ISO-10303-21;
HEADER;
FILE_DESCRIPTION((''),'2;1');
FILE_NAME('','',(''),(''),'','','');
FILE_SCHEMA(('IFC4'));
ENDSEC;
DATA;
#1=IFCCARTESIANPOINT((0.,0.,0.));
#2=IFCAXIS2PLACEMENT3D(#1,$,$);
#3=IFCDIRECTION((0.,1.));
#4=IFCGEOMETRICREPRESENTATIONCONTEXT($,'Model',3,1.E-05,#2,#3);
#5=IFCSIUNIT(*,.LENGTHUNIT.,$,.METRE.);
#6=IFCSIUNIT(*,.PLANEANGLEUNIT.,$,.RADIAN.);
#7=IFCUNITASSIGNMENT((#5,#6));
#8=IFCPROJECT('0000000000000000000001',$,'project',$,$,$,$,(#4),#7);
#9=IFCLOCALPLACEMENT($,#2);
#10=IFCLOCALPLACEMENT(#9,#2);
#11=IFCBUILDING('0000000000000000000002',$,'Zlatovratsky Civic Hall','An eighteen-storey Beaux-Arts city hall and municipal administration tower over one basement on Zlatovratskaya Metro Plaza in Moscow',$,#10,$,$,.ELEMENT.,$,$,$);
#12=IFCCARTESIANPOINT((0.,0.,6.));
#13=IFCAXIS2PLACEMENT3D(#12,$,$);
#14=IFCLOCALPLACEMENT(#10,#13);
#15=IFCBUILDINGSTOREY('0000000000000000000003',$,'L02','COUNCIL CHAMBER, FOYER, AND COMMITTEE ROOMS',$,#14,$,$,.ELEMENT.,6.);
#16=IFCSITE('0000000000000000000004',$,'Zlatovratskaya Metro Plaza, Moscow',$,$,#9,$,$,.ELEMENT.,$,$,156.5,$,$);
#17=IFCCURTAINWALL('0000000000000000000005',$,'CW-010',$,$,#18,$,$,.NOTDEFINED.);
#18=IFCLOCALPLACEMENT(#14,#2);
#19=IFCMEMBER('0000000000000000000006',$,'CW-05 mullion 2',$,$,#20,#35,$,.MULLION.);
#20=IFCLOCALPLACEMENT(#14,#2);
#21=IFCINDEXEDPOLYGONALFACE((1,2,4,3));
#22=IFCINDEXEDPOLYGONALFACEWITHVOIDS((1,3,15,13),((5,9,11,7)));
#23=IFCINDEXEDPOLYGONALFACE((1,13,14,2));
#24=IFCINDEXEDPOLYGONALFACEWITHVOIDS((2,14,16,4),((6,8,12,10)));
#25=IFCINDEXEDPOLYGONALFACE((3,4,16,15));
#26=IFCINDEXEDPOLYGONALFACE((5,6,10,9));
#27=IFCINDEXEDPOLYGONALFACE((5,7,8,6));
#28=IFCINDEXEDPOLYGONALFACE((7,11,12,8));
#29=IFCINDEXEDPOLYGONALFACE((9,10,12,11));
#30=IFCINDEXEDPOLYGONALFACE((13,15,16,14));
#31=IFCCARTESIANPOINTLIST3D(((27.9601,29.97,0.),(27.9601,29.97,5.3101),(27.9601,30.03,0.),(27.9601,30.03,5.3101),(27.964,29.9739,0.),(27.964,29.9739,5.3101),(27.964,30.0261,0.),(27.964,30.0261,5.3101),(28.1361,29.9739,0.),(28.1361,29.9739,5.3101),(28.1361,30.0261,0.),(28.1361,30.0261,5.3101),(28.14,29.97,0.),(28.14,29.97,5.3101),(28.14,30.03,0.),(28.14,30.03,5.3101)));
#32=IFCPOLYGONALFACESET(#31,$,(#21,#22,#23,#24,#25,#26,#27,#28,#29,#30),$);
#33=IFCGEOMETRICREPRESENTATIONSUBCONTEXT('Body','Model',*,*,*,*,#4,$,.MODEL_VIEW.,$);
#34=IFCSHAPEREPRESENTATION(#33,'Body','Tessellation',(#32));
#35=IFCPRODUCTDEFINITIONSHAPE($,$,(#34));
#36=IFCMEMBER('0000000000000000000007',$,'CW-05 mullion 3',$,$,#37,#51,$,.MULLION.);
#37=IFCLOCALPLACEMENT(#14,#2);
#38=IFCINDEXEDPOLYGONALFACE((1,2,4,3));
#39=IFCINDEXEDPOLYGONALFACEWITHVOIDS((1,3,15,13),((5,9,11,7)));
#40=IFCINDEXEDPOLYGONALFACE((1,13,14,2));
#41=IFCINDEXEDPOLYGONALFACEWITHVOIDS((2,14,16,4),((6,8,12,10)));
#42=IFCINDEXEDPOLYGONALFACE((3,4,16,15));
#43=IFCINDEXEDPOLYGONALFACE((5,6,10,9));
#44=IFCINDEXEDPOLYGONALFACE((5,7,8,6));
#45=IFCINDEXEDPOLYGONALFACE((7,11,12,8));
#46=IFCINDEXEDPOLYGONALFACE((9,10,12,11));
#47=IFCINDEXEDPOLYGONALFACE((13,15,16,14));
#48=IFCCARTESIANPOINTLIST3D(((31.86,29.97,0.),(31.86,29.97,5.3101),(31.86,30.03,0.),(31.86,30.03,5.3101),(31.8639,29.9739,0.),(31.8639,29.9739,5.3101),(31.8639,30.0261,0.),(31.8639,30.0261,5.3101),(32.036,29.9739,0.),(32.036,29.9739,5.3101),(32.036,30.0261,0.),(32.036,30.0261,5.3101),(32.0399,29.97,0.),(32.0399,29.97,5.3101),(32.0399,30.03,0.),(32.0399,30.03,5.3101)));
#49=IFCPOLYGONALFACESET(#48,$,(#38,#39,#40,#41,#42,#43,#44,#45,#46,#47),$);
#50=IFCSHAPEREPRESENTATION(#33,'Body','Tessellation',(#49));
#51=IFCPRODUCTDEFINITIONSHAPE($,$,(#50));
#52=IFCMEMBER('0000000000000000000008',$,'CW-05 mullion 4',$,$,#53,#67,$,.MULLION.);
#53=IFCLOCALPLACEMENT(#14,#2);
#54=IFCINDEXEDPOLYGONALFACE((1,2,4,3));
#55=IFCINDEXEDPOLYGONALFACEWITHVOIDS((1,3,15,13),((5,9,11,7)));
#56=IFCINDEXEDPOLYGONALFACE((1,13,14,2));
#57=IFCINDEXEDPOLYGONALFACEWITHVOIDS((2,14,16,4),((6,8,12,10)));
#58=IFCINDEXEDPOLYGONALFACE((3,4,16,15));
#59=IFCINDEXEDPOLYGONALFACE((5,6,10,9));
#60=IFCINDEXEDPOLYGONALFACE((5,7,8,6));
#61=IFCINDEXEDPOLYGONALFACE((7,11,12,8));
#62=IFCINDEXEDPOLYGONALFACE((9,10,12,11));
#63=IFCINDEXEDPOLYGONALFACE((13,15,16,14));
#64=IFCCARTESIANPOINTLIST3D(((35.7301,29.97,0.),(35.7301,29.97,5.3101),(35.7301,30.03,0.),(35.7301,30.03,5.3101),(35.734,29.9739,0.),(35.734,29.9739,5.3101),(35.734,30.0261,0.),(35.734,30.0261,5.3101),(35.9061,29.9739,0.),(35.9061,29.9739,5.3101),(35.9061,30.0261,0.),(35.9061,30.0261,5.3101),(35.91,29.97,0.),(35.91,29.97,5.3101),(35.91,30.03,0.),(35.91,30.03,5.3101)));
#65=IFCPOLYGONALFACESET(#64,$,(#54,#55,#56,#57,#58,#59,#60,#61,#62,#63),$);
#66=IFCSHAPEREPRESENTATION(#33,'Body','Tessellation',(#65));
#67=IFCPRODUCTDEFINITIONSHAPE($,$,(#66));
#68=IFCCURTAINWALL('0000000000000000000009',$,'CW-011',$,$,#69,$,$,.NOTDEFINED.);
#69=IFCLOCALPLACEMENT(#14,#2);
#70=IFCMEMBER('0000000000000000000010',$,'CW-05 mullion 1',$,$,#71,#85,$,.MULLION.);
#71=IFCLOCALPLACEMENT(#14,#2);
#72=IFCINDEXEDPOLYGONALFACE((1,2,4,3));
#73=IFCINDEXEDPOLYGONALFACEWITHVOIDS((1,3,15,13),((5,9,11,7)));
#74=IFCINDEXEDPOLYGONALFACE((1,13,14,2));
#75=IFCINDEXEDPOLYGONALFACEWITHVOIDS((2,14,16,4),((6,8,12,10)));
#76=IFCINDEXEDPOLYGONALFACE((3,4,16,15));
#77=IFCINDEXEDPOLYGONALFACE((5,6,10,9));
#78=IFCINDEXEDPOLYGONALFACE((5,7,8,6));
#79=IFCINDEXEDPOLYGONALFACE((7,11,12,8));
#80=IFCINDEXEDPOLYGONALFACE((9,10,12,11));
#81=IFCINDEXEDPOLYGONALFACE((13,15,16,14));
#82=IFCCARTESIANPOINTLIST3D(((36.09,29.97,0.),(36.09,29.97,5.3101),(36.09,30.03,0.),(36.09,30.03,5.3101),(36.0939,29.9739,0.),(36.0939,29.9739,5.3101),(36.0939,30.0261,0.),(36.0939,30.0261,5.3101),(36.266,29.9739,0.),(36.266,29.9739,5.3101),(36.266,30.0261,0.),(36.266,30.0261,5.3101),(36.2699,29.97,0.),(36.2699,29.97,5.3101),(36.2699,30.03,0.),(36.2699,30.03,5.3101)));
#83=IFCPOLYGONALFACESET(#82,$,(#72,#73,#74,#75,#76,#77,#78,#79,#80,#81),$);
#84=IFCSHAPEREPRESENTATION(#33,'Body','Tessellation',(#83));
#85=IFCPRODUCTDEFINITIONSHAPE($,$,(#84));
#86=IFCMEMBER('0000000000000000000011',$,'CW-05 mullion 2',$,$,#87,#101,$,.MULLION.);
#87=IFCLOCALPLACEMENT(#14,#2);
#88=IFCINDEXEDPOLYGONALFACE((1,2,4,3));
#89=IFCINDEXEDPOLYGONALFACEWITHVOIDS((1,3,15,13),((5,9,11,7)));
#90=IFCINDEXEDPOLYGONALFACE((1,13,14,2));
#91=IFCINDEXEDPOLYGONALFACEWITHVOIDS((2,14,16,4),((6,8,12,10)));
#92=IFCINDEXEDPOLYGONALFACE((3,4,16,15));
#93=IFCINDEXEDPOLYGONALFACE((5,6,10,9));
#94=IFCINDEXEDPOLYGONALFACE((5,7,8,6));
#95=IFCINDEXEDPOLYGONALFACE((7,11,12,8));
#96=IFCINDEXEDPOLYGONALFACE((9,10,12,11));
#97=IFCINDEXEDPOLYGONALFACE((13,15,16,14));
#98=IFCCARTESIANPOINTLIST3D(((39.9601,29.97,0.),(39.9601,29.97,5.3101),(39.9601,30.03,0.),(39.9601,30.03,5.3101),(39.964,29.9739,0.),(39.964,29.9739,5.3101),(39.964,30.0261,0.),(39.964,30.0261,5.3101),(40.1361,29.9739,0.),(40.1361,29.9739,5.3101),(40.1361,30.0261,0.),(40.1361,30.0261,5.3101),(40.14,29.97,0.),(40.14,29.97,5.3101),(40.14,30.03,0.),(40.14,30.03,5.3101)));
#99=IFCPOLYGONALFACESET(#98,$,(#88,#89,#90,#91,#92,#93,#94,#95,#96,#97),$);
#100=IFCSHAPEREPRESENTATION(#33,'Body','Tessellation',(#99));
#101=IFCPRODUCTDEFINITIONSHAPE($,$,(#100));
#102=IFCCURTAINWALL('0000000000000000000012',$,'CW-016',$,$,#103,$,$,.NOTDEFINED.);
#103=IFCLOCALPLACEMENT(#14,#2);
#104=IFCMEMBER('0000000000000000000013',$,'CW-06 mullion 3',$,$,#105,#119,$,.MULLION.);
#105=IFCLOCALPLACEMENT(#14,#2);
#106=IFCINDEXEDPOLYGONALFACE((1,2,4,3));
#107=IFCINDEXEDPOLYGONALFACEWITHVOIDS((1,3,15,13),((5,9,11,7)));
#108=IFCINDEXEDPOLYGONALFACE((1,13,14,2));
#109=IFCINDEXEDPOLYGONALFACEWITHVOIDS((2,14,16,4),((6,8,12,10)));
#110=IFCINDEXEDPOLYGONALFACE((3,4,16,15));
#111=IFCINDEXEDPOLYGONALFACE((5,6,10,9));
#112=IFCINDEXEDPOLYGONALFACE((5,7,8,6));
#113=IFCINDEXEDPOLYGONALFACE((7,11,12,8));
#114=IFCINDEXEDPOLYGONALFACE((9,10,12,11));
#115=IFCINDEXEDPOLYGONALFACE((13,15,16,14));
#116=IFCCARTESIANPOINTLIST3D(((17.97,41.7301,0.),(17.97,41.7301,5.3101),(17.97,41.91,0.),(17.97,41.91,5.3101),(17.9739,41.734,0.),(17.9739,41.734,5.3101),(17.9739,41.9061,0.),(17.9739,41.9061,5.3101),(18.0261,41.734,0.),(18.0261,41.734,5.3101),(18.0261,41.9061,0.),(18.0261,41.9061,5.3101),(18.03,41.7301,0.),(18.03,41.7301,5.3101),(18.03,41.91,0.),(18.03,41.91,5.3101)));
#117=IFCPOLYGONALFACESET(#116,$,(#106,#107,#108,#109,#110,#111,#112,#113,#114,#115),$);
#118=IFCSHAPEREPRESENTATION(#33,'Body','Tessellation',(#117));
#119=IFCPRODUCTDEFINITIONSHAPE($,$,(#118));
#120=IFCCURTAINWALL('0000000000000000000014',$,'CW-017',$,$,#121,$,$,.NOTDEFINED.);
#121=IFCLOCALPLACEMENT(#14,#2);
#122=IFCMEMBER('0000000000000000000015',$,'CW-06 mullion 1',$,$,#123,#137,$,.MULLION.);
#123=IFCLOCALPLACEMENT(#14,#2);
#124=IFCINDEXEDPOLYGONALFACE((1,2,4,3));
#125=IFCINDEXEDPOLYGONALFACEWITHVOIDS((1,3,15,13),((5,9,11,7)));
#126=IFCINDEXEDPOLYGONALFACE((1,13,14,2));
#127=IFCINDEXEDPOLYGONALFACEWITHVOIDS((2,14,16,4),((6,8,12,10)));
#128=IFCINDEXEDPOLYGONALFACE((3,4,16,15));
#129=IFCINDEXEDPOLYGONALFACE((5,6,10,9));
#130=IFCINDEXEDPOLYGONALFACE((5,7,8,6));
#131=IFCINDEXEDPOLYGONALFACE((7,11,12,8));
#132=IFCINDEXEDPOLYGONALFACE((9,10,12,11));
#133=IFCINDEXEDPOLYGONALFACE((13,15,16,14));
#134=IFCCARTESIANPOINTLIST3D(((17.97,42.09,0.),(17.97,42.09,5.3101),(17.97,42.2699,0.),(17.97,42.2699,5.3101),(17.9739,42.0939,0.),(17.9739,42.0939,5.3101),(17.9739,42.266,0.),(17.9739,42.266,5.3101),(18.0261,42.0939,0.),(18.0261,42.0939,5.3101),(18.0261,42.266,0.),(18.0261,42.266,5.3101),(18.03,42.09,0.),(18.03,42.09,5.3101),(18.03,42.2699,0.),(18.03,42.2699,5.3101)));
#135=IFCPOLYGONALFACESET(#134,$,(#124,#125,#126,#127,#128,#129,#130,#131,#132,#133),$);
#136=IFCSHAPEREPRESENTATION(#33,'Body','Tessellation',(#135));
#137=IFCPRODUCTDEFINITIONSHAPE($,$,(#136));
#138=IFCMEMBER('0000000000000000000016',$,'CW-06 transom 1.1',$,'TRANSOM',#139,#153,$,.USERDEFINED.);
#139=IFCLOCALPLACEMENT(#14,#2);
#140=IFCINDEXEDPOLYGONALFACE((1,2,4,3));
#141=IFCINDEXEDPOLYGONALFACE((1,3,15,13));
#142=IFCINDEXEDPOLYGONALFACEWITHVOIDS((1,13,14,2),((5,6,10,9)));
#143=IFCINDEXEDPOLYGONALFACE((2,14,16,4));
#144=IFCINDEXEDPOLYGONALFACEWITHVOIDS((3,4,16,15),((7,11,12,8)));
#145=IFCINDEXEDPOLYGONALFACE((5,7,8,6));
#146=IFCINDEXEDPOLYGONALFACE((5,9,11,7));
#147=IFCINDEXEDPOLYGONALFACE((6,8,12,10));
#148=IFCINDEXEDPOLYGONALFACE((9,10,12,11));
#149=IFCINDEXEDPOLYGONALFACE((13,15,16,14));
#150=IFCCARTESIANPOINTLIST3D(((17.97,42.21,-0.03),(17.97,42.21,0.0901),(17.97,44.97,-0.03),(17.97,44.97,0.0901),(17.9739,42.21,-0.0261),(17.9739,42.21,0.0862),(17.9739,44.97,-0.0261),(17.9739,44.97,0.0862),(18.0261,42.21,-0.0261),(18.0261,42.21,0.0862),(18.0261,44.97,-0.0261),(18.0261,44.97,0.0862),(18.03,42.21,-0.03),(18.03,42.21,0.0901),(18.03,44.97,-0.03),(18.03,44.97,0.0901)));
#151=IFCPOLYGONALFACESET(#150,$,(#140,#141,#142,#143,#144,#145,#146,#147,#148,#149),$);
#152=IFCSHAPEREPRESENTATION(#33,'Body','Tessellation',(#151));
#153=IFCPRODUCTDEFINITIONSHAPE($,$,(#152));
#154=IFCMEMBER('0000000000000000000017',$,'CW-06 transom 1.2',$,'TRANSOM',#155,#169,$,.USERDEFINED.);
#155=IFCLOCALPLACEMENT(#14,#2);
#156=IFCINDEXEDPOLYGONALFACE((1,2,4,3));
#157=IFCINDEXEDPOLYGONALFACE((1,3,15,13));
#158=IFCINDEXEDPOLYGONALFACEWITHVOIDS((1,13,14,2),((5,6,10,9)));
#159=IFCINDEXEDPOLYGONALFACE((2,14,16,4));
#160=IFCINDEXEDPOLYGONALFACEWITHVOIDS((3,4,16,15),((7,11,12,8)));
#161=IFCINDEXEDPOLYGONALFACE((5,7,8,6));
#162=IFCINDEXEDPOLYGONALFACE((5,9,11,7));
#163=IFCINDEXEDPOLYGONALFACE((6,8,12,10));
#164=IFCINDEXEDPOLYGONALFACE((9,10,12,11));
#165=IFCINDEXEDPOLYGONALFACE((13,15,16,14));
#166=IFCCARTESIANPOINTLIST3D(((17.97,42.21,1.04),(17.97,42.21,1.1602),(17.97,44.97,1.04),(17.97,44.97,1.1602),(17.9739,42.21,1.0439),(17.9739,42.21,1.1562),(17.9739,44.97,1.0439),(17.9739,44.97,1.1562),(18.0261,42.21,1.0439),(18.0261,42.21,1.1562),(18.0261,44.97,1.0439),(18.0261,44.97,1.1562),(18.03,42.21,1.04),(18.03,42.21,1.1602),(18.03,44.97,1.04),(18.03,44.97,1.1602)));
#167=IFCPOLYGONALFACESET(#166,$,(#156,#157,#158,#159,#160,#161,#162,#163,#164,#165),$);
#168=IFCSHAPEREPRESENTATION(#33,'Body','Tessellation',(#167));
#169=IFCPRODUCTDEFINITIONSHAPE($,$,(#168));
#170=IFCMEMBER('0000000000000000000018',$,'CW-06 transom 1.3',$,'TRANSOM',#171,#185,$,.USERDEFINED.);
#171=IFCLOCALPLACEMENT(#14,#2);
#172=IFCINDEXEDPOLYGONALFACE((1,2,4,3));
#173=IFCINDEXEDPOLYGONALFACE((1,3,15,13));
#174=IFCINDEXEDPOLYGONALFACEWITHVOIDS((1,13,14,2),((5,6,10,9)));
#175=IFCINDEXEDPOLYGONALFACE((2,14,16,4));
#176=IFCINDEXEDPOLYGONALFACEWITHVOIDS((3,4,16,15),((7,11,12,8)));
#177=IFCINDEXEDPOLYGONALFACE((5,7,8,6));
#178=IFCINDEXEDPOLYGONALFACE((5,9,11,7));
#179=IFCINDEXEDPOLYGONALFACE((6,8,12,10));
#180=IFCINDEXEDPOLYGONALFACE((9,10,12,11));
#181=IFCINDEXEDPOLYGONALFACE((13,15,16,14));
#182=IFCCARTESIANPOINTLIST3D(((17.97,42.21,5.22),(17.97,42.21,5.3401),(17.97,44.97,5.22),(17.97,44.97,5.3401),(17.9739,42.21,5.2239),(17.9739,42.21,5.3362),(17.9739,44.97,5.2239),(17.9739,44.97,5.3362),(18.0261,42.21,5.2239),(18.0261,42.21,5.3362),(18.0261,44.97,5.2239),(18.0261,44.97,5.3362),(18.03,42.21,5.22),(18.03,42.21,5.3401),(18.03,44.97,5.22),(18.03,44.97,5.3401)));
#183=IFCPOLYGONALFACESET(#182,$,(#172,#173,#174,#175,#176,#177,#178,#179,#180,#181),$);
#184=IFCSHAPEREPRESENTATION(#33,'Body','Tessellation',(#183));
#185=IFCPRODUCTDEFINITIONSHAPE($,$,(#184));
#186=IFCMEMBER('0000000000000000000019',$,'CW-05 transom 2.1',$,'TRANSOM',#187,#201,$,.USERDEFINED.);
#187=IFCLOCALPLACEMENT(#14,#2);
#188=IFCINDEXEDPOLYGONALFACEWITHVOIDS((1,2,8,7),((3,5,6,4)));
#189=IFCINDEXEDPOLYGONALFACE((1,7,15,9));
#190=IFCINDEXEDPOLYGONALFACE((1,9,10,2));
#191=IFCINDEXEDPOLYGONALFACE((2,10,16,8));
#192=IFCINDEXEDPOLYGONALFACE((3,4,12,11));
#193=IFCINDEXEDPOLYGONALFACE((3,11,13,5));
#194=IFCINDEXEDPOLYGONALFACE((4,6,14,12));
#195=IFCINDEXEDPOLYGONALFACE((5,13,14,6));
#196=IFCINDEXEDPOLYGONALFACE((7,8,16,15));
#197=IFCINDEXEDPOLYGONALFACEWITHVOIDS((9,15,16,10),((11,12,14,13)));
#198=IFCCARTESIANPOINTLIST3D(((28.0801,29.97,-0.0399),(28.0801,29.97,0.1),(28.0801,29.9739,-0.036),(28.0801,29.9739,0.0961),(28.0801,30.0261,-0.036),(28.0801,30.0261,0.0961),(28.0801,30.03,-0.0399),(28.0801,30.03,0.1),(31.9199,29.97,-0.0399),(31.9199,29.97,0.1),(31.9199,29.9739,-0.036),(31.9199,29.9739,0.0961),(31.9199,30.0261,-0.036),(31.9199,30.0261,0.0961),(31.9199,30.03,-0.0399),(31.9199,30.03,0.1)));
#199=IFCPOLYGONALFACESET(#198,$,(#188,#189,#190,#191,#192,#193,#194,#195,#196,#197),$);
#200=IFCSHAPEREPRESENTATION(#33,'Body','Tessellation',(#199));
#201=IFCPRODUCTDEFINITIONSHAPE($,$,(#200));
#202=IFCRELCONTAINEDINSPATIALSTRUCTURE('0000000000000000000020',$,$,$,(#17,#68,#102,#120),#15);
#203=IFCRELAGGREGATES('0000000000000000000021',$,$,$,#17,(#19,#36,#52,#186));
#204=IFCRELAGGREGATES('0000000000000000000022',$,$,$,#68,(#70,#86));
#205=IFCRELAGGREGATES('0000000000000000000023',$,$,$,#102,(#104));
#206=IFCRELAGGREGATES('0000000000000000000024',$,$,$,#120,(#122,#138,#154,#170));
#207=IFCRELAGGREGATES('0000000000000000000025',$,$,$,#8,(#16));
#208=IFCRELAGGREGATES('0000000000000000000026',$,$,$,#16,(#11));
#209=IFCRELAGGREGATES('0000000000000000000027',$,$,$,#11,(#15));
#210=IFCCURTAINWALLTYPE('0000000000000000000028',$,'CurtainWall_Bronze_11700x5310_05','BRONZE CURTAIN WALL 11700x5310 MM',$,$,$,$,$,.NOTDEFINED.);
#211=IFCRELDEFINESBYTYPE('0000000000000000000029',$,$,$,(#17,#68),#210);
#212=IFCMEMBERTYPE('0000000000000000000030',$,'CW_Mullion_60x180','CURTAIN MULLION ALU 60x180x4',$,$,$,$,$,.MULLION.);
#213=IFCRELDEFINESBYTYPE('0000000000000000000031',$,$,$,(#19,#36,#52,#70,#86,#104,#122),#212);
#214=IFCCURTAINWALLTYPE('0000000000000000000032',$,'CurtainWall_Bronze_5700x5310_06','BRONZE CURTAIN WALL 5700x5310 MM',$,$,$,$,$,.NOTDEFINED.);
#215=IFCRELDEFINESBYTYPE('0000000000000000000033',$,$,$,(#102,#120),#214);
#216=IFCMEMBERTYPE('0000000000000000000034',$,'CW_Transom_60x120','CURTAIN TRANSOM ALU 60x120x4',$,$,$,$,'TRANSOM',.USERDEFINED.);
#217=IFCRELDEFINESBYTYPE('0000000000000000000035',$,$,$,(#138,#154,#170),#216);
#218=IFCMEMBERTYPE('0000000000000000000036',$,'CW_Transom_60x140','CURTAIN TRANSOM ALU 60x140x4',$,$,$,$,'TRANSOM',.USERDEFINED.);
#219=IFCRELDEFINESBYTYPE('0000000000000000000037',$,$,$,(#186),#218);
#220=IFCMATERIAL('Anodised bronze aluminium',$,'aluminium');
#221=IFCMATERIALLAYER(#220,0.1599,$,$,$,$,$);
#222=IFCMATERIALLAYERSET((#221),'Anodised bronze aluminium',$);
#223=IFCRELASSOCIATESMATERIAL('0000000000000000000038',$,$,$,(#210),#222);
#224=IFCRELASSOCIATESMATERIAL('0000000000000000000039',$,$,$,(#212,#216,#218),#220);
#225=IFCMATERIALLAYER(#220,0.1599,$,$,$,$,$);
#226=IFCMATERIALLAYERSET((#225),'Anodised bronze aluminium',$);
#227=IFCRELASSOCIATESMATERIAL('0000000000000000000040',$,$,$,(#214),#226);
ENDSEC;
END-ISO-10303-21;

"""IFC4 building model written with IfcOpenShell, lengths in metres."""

from ifc_helpers import new_model, si_unit, direction, frame, origin, origin_2d, place, context, subcontext, project, spatial, hollow_rectangle, extrude, material, layer, layer_set, material_profile, profile_set, type_object, element, aggregate, save


model = new_model("IFC4")

# Units and contexts
model_context = context("Model", 3, precision=1e-05, world=origin(), true_north=direction((0.0, 1.0)))
body_context = subcontext(model_context, "Body", "Model", "MODEL_VIEW")
ifc_project = project(units=[si_unit("LENGTHUNIT", "METRE"), si_unit("PLANEANGLEUNIT", "RADIAN")], contexts=[model_context])

# Site, building, storey
site_placement = place(None, origin())
site = spatial("IfcSite", under=ifc_project, at=site_placement, Name="Zlatovratskaya Metro Plaza, Moscow", CompositionType="ELEMENT", RefElevation=156.5)
building_placement = place(site_placement, origin())
building = spatial("IfcBuilding", under=site, at=building_placement, Name="Zlatovratsky Civic Hall", Description="An eighteen-storey Beaux-Arts city hall and municipal administration tower over one basement on Zlatovratskaya Metro Plaza in Moscow", CompositionType="ELEMENT")
storey_placement = place(building_placement, frame((0.0, 0.0, 6.0)))
storey = spatial("IfcBuildingStorey", under=building, at=storey_placement, Name="L02", Description="COUNCIL CHAMBER, FOYER, AND COMMITTEE ROOMS", CompositionType="ELEMENT", Elevation=6.0)

# Curtain walls, members
ifc_material_1 = material(Name="Anodised bronze aluminium", Category="aluminium")
ifc_layer_1 = layer(ifc_material_1, 0.1599)
ifc_layer_set_1 = layer_set([ifc_layer_1], Name="Anodised bronze aluminium")
curtain_wall_type_1 = type_object("IfcCurtainWallType", Name="CurtainWall_Bronze_11700x5310_05", Description="BRONZE CURTAIN WALL 11700x5310 MM", PredefinedType="NOTDEFINED", material=ifc_layer_set_1)
curtain_wall_1_placement = place(storey_placement, origin())
curtain_wall_1 = element("IfcCurtainWall", 1, at=curtain_wall_1_placement, inside=storey, type_object=curtain_wall_type_1, Name="CW-010", PredefinedType="NOTDEFINED")
ifc_material_profile_1 = material_profile(ifc_material_1, hollow_rectangle(XDim=0.0601, YDim=0.1799, WallThickness=0.0039, at=origin_2d()), Name="ALU 60x180x4")
ifc_profile_set_1 = profile_set([ifc_material_profile_1], Name="Anodised bronze aluminium")
member_type_1 = type_object("IfcMemberType", Name="CW_Mullion_60x180", Description="CURTAIN MULLION ALU 60x180x4", PredefinedType="MULLION", material=ifc_profile_set_1)
member_1_placement = place(storey_placement, frame((28.05, 30.0, 0.0), z_axis=(0.0, 0.0, 1.0), x_axis=(0.0, 1.0, 0.0)))
member_1 = element("IfcMember", 2, at=member_1_placement, type_object=member_type_1, Name="CW-05 mullion 2", PredefinedType="MULLION", context=body_context, shape_type="SweptSolid", body=[
    extrude(hollow_rectangle(XDim=0.0601, YDim=0.1799, WallThickness=0.0039, at=origin_2d()), origin(), (0.0, 0.0, 1.0), 5.3101),
])
member_2_placement = place(storey_placement, frame((31.95, 30.0, 0.0), z_axis=(0.0, 0.0, 1.0), x_axis=(0.0, 1.0, 0.0)))
member_2 = element("IfcMember", 3, at=member_2_placement, type_object=member_type_1, Name="CW-05 mullion 3", PredefinedType="MULLION", context=body_context, shape_type="SweptSolid", body=[
    extrude(hollow_rectangle(XDim=0.0601, YDim=0.1799, WallThickness=0.0039, at=origin_2d()), origin(), (0.0, 0.0, 1.0), 5.3101),
])
member_3_placement = place(storey_placement, frame((35.8201, 30.0, 0.0), z_axis=(0.0, 0.0, 1.0), x_axis=(0.0, 1.0, 0.0)))
member_3 = element("IfcMember", 4, at=member_3_placement, type_object=member_type_1, Name="CW-05 mullion 4", PredefinedType="MULLION", context=body_context, shape_type="SweptSolid", body=[
    extrude(hollow_rectangle(XDim=0.0601, YDim=0.1799, WallThickness=0.0039, at=origin_2d()), origin(), (0.0, 0.0, 1.0), 5.3101),
])
curtain_wall_2_placement = place(storey_placement, origin())
curtain_wall_2 = element("IfcCurtainWall", 5, at=curtain_wall_2_placement, inside=storey, type_object=curtain_wall_type_1, Name="CW-011", PredefinedType="NOTDEFINED")
member_4_placement = place(storey_placement, frame((36.1799, 30.0, 0.0), z_axis=(0.0, 0.0, 1.0), x_axis=(0.0, 1.0, 0.0)))
member_4 = element("IfcMember", 6, at=member_4_placement, type_object=member_type_1, Name="CW-05 mullion 1", PredefinedType="MULLION", context=body_context, shape_type="SweptSolid", body=[
    extrude(hollow_rectangle(XDim=0.0601, YDim=0.1799, WallThickness=0.0039, at=origin_2d()), origin(), (0.0, 0.0, 1.0), 5.3101),
])
member_5_placement = place(storey_placement, frame((40.05, 30.0, 0.0), z_axis=(0.0, 0.0, 1.0), x_axis=(0.0, 1.0, 0.0)))
member_5 = element("IfcMember", 7, at=member_5_placement, type_object=member_type_1, Name="CW-05 mullion 2", PredefinedType="MULLION", context=body_context, shape_type="SweptSolid", body=[
    extrude(hollow_rectangle(XDim=0.0601, YDim=0.1799, WallThickness=0.0039, at=origin_2d()), origin(), (0.0, 0.0, 1.0), 5.3101),
])

# Curtain wall, member
ifc_layer_2 = layer(ifc_material_1, 0.1599)
ifc_layer_set_2 = layer_set([ifc_layer_2], Name="Anodised bronze aluminium")
curtain_wall_type_2 = type_object("IfcCurtainWallType", Name="CurtainWall_Bronze_5700x5310_06", Description="BRONZE CURTAIN WALL 5700x5310 MM", PredefinedType="NOTDEFINED", material=ifc_layer_set_2)
curtain_wall_3_placement = place(storey_placement, origin())
curtain_wall_3 = element("IfcCurtainWall", 8, at=curtain_wall_3_placement, inside=storey, type_object=curtain_wall_type_2, Name="CW-016", PredefinedType="NOTDEFINED")
member_6_placement = place(storey_placement, frame((18.0, 41.8201, 0.0), z_axis=(0.0, 0.0, 1.0), x_axis=(-1.0, 0.0, 0.0)))
member_6 = element("IfcMember", 9, at=member_6_placement, type_object=member_type_1, Name="CW-06 mullion 3", PredefinedType="MULLION", context=body_context, shape_type="SweptSolid", body=[
    extrude(hollow_rectangle(XDim=0.0601, YDim=0.1799, WallThickness=0.0039, at=origin_2d()), origin(), (0.0, 0.0, 1.0), 5.3101),
])

# Curtain wall, members
curtain_wall_4_placement = place(storey_placement, origin())
curtain_wall_4 = element("IfcCurtainWall", 10, at=curtain_wall_4_placement, inside=storey, type_object=curtain_wall_type_2, Name="CW-017", PredefinedType="NOTDEFINED")
member_7_placement = place(storey_placement, frame((18.0, 42.1799, 0.0), z_axis=(0.0, 0.0, 1.0), x_axis=(-1.0, 0.0, 0.0)))
member_7 = element("IfcMember", 11, at=member_7_placement, type_object=member_type_1, Name="CW-06 mullion 1", PredefinedType="MULLION", context=body_context, shape_type="SweptSolid", body=[
    extrude(hollow_rectangle(XDim=0.0601, YDim=0.1799, WallThickness=0.0039, at=origin_2d()), origin(), (0.0, 0.0, 1.0), 5.3101),
])
ifc_material_profile_2 = material_profile(ifc_material_1, hollow_rectangle(XDim=0.0601, YDim=0.1201, WallThickness=0.0039, at=origin_2d()), Name="ALU 60x120x4")
ifc_profile_set_2 = profile_set([ifc_material_profile_2], Name="Anodised bronze aluminium")
member_type_2 = type_object("IfcMemberType", Name="CW_Transom_60x120", Description="CURTAIN TRANSOM ALU 60x120x4", ElementType="TRANSOM", PredefinedType="USERDEFINED", material=ifc_profile_set_2)
member_8_placement = place(storey_placement, frame((18.0, 42.21, 0.03), z_axis=(0.0, 1.0, 0.0), x_axis=(-1.0, 0.0, 0.0)))
member_8 = element("IfcMember", 12, at=member_8_placement, type_object=member_type_2, Name="CW-06 transom 1.1", ObjectType="TRANSOM", PredefinedType="USERDEFINED", context=body_context, shape_type="SweptSolid", body=[
    extrude(hollow_rectangle(XDim=0.0601, YDim=0.1201, WallThickness=0.0039, at=origin_2d()), origin(), (0.0, 0.0, 1.0), 2.76),
])
member_9_placement = place(storey_placement, frame((18.0, 42.21, 1.1001), z_axis=(0.0, 1.0, 0.0), x_axis=(-1.0, 0.0, 0.0)))
member_9 = element("IfcMember", 13, at=member_9_placement, type_object=member_type_2, Name="CW-06 transom 1.2", ObjectType="TRANSOM", PredefinedType="USERDEFINED", context=body_context, shape_type="SweptSolid", body=[
    extrude(hollow_rectangle(XDim=0.0601, YDim=0.1201, WallThickness=0.0039, at=origin_2d()), origin(), (0.0, 0.0, 1.0), 2.76),
])
member_10_placement = place(storey_placement, frame((18.0, 42.21, 5.28), z_axis=(0.0, 1.0, 0.0), x_axis=(-1.0, 0.0, 0.0)))
member_10 = element("IfcMember", 14, at=member_10_placement, type_object=member_type_2, Name="CW-06 transom 1.3", ObjectType="TRANSOM", PredefinedType="USERDEFINED", context=body_context, shape_type="SweptSolid", body=[
    extrude(hollow_rectangle(XDim=0.0601, YDim=0.1201, WallThickness=0.0039, at=origin_2d()), origin(), (0.0, 0.0, 1.0), 2.76),
])

# Member
ifc_material_profile_3 = material_profile(ifc_material_1, hollow_rectangle(XDim=0.0601, YDim=0.1399, WallThickness=0.0039, at=origin_2d()), Name="ALU 60x140x4")
ifc_profile_set_3 = profile_set([ifc_material_profile_3], Name="Anodised bronze aluminium")
member_type_3 = type_object("IfcMemberType", Name="CW_Transom_60x140", Description="CURTAIN TRANSOM ALU 60x140x4", ElementType="TRANSOM", PredefinedType="USERDEFINED", material=ifc_profile_set_3)
member_11_placement = place(storey_placement, frame((28.0801, 30.0, 0.03), z_axis=(1.0, 0.0, 0.0), x_axis=(0.0, 1.0, 0.0)))
member_11 = element("IfcMember", 15, at=member_11_placement, type_object=member_type_3, Name="CW-05 transom 2.1", ObjectType="TRANSOM", PredefinedType="USERDEFINED", context=body_context, shape_type="SweptSolid", body=[
    extrude(hollow_rectangle(XDim=0.0601, YDim=0.1399, WallThickness=0.0039, at=origin_2d()), origin(), (0.0, 0.0, 1.0), 3.8398),
])

aggregate(curtain_wall_1, [member_1, member_2, member_3, member_11])
aggregate(curtain_wall_2, [member_4, member_5])
aggregate(curtain_wall_3, [member_6])
aggregate(curtain_wall_4, [member_7, member_8, member_9, member_10])

save(model, "model.ifc")
